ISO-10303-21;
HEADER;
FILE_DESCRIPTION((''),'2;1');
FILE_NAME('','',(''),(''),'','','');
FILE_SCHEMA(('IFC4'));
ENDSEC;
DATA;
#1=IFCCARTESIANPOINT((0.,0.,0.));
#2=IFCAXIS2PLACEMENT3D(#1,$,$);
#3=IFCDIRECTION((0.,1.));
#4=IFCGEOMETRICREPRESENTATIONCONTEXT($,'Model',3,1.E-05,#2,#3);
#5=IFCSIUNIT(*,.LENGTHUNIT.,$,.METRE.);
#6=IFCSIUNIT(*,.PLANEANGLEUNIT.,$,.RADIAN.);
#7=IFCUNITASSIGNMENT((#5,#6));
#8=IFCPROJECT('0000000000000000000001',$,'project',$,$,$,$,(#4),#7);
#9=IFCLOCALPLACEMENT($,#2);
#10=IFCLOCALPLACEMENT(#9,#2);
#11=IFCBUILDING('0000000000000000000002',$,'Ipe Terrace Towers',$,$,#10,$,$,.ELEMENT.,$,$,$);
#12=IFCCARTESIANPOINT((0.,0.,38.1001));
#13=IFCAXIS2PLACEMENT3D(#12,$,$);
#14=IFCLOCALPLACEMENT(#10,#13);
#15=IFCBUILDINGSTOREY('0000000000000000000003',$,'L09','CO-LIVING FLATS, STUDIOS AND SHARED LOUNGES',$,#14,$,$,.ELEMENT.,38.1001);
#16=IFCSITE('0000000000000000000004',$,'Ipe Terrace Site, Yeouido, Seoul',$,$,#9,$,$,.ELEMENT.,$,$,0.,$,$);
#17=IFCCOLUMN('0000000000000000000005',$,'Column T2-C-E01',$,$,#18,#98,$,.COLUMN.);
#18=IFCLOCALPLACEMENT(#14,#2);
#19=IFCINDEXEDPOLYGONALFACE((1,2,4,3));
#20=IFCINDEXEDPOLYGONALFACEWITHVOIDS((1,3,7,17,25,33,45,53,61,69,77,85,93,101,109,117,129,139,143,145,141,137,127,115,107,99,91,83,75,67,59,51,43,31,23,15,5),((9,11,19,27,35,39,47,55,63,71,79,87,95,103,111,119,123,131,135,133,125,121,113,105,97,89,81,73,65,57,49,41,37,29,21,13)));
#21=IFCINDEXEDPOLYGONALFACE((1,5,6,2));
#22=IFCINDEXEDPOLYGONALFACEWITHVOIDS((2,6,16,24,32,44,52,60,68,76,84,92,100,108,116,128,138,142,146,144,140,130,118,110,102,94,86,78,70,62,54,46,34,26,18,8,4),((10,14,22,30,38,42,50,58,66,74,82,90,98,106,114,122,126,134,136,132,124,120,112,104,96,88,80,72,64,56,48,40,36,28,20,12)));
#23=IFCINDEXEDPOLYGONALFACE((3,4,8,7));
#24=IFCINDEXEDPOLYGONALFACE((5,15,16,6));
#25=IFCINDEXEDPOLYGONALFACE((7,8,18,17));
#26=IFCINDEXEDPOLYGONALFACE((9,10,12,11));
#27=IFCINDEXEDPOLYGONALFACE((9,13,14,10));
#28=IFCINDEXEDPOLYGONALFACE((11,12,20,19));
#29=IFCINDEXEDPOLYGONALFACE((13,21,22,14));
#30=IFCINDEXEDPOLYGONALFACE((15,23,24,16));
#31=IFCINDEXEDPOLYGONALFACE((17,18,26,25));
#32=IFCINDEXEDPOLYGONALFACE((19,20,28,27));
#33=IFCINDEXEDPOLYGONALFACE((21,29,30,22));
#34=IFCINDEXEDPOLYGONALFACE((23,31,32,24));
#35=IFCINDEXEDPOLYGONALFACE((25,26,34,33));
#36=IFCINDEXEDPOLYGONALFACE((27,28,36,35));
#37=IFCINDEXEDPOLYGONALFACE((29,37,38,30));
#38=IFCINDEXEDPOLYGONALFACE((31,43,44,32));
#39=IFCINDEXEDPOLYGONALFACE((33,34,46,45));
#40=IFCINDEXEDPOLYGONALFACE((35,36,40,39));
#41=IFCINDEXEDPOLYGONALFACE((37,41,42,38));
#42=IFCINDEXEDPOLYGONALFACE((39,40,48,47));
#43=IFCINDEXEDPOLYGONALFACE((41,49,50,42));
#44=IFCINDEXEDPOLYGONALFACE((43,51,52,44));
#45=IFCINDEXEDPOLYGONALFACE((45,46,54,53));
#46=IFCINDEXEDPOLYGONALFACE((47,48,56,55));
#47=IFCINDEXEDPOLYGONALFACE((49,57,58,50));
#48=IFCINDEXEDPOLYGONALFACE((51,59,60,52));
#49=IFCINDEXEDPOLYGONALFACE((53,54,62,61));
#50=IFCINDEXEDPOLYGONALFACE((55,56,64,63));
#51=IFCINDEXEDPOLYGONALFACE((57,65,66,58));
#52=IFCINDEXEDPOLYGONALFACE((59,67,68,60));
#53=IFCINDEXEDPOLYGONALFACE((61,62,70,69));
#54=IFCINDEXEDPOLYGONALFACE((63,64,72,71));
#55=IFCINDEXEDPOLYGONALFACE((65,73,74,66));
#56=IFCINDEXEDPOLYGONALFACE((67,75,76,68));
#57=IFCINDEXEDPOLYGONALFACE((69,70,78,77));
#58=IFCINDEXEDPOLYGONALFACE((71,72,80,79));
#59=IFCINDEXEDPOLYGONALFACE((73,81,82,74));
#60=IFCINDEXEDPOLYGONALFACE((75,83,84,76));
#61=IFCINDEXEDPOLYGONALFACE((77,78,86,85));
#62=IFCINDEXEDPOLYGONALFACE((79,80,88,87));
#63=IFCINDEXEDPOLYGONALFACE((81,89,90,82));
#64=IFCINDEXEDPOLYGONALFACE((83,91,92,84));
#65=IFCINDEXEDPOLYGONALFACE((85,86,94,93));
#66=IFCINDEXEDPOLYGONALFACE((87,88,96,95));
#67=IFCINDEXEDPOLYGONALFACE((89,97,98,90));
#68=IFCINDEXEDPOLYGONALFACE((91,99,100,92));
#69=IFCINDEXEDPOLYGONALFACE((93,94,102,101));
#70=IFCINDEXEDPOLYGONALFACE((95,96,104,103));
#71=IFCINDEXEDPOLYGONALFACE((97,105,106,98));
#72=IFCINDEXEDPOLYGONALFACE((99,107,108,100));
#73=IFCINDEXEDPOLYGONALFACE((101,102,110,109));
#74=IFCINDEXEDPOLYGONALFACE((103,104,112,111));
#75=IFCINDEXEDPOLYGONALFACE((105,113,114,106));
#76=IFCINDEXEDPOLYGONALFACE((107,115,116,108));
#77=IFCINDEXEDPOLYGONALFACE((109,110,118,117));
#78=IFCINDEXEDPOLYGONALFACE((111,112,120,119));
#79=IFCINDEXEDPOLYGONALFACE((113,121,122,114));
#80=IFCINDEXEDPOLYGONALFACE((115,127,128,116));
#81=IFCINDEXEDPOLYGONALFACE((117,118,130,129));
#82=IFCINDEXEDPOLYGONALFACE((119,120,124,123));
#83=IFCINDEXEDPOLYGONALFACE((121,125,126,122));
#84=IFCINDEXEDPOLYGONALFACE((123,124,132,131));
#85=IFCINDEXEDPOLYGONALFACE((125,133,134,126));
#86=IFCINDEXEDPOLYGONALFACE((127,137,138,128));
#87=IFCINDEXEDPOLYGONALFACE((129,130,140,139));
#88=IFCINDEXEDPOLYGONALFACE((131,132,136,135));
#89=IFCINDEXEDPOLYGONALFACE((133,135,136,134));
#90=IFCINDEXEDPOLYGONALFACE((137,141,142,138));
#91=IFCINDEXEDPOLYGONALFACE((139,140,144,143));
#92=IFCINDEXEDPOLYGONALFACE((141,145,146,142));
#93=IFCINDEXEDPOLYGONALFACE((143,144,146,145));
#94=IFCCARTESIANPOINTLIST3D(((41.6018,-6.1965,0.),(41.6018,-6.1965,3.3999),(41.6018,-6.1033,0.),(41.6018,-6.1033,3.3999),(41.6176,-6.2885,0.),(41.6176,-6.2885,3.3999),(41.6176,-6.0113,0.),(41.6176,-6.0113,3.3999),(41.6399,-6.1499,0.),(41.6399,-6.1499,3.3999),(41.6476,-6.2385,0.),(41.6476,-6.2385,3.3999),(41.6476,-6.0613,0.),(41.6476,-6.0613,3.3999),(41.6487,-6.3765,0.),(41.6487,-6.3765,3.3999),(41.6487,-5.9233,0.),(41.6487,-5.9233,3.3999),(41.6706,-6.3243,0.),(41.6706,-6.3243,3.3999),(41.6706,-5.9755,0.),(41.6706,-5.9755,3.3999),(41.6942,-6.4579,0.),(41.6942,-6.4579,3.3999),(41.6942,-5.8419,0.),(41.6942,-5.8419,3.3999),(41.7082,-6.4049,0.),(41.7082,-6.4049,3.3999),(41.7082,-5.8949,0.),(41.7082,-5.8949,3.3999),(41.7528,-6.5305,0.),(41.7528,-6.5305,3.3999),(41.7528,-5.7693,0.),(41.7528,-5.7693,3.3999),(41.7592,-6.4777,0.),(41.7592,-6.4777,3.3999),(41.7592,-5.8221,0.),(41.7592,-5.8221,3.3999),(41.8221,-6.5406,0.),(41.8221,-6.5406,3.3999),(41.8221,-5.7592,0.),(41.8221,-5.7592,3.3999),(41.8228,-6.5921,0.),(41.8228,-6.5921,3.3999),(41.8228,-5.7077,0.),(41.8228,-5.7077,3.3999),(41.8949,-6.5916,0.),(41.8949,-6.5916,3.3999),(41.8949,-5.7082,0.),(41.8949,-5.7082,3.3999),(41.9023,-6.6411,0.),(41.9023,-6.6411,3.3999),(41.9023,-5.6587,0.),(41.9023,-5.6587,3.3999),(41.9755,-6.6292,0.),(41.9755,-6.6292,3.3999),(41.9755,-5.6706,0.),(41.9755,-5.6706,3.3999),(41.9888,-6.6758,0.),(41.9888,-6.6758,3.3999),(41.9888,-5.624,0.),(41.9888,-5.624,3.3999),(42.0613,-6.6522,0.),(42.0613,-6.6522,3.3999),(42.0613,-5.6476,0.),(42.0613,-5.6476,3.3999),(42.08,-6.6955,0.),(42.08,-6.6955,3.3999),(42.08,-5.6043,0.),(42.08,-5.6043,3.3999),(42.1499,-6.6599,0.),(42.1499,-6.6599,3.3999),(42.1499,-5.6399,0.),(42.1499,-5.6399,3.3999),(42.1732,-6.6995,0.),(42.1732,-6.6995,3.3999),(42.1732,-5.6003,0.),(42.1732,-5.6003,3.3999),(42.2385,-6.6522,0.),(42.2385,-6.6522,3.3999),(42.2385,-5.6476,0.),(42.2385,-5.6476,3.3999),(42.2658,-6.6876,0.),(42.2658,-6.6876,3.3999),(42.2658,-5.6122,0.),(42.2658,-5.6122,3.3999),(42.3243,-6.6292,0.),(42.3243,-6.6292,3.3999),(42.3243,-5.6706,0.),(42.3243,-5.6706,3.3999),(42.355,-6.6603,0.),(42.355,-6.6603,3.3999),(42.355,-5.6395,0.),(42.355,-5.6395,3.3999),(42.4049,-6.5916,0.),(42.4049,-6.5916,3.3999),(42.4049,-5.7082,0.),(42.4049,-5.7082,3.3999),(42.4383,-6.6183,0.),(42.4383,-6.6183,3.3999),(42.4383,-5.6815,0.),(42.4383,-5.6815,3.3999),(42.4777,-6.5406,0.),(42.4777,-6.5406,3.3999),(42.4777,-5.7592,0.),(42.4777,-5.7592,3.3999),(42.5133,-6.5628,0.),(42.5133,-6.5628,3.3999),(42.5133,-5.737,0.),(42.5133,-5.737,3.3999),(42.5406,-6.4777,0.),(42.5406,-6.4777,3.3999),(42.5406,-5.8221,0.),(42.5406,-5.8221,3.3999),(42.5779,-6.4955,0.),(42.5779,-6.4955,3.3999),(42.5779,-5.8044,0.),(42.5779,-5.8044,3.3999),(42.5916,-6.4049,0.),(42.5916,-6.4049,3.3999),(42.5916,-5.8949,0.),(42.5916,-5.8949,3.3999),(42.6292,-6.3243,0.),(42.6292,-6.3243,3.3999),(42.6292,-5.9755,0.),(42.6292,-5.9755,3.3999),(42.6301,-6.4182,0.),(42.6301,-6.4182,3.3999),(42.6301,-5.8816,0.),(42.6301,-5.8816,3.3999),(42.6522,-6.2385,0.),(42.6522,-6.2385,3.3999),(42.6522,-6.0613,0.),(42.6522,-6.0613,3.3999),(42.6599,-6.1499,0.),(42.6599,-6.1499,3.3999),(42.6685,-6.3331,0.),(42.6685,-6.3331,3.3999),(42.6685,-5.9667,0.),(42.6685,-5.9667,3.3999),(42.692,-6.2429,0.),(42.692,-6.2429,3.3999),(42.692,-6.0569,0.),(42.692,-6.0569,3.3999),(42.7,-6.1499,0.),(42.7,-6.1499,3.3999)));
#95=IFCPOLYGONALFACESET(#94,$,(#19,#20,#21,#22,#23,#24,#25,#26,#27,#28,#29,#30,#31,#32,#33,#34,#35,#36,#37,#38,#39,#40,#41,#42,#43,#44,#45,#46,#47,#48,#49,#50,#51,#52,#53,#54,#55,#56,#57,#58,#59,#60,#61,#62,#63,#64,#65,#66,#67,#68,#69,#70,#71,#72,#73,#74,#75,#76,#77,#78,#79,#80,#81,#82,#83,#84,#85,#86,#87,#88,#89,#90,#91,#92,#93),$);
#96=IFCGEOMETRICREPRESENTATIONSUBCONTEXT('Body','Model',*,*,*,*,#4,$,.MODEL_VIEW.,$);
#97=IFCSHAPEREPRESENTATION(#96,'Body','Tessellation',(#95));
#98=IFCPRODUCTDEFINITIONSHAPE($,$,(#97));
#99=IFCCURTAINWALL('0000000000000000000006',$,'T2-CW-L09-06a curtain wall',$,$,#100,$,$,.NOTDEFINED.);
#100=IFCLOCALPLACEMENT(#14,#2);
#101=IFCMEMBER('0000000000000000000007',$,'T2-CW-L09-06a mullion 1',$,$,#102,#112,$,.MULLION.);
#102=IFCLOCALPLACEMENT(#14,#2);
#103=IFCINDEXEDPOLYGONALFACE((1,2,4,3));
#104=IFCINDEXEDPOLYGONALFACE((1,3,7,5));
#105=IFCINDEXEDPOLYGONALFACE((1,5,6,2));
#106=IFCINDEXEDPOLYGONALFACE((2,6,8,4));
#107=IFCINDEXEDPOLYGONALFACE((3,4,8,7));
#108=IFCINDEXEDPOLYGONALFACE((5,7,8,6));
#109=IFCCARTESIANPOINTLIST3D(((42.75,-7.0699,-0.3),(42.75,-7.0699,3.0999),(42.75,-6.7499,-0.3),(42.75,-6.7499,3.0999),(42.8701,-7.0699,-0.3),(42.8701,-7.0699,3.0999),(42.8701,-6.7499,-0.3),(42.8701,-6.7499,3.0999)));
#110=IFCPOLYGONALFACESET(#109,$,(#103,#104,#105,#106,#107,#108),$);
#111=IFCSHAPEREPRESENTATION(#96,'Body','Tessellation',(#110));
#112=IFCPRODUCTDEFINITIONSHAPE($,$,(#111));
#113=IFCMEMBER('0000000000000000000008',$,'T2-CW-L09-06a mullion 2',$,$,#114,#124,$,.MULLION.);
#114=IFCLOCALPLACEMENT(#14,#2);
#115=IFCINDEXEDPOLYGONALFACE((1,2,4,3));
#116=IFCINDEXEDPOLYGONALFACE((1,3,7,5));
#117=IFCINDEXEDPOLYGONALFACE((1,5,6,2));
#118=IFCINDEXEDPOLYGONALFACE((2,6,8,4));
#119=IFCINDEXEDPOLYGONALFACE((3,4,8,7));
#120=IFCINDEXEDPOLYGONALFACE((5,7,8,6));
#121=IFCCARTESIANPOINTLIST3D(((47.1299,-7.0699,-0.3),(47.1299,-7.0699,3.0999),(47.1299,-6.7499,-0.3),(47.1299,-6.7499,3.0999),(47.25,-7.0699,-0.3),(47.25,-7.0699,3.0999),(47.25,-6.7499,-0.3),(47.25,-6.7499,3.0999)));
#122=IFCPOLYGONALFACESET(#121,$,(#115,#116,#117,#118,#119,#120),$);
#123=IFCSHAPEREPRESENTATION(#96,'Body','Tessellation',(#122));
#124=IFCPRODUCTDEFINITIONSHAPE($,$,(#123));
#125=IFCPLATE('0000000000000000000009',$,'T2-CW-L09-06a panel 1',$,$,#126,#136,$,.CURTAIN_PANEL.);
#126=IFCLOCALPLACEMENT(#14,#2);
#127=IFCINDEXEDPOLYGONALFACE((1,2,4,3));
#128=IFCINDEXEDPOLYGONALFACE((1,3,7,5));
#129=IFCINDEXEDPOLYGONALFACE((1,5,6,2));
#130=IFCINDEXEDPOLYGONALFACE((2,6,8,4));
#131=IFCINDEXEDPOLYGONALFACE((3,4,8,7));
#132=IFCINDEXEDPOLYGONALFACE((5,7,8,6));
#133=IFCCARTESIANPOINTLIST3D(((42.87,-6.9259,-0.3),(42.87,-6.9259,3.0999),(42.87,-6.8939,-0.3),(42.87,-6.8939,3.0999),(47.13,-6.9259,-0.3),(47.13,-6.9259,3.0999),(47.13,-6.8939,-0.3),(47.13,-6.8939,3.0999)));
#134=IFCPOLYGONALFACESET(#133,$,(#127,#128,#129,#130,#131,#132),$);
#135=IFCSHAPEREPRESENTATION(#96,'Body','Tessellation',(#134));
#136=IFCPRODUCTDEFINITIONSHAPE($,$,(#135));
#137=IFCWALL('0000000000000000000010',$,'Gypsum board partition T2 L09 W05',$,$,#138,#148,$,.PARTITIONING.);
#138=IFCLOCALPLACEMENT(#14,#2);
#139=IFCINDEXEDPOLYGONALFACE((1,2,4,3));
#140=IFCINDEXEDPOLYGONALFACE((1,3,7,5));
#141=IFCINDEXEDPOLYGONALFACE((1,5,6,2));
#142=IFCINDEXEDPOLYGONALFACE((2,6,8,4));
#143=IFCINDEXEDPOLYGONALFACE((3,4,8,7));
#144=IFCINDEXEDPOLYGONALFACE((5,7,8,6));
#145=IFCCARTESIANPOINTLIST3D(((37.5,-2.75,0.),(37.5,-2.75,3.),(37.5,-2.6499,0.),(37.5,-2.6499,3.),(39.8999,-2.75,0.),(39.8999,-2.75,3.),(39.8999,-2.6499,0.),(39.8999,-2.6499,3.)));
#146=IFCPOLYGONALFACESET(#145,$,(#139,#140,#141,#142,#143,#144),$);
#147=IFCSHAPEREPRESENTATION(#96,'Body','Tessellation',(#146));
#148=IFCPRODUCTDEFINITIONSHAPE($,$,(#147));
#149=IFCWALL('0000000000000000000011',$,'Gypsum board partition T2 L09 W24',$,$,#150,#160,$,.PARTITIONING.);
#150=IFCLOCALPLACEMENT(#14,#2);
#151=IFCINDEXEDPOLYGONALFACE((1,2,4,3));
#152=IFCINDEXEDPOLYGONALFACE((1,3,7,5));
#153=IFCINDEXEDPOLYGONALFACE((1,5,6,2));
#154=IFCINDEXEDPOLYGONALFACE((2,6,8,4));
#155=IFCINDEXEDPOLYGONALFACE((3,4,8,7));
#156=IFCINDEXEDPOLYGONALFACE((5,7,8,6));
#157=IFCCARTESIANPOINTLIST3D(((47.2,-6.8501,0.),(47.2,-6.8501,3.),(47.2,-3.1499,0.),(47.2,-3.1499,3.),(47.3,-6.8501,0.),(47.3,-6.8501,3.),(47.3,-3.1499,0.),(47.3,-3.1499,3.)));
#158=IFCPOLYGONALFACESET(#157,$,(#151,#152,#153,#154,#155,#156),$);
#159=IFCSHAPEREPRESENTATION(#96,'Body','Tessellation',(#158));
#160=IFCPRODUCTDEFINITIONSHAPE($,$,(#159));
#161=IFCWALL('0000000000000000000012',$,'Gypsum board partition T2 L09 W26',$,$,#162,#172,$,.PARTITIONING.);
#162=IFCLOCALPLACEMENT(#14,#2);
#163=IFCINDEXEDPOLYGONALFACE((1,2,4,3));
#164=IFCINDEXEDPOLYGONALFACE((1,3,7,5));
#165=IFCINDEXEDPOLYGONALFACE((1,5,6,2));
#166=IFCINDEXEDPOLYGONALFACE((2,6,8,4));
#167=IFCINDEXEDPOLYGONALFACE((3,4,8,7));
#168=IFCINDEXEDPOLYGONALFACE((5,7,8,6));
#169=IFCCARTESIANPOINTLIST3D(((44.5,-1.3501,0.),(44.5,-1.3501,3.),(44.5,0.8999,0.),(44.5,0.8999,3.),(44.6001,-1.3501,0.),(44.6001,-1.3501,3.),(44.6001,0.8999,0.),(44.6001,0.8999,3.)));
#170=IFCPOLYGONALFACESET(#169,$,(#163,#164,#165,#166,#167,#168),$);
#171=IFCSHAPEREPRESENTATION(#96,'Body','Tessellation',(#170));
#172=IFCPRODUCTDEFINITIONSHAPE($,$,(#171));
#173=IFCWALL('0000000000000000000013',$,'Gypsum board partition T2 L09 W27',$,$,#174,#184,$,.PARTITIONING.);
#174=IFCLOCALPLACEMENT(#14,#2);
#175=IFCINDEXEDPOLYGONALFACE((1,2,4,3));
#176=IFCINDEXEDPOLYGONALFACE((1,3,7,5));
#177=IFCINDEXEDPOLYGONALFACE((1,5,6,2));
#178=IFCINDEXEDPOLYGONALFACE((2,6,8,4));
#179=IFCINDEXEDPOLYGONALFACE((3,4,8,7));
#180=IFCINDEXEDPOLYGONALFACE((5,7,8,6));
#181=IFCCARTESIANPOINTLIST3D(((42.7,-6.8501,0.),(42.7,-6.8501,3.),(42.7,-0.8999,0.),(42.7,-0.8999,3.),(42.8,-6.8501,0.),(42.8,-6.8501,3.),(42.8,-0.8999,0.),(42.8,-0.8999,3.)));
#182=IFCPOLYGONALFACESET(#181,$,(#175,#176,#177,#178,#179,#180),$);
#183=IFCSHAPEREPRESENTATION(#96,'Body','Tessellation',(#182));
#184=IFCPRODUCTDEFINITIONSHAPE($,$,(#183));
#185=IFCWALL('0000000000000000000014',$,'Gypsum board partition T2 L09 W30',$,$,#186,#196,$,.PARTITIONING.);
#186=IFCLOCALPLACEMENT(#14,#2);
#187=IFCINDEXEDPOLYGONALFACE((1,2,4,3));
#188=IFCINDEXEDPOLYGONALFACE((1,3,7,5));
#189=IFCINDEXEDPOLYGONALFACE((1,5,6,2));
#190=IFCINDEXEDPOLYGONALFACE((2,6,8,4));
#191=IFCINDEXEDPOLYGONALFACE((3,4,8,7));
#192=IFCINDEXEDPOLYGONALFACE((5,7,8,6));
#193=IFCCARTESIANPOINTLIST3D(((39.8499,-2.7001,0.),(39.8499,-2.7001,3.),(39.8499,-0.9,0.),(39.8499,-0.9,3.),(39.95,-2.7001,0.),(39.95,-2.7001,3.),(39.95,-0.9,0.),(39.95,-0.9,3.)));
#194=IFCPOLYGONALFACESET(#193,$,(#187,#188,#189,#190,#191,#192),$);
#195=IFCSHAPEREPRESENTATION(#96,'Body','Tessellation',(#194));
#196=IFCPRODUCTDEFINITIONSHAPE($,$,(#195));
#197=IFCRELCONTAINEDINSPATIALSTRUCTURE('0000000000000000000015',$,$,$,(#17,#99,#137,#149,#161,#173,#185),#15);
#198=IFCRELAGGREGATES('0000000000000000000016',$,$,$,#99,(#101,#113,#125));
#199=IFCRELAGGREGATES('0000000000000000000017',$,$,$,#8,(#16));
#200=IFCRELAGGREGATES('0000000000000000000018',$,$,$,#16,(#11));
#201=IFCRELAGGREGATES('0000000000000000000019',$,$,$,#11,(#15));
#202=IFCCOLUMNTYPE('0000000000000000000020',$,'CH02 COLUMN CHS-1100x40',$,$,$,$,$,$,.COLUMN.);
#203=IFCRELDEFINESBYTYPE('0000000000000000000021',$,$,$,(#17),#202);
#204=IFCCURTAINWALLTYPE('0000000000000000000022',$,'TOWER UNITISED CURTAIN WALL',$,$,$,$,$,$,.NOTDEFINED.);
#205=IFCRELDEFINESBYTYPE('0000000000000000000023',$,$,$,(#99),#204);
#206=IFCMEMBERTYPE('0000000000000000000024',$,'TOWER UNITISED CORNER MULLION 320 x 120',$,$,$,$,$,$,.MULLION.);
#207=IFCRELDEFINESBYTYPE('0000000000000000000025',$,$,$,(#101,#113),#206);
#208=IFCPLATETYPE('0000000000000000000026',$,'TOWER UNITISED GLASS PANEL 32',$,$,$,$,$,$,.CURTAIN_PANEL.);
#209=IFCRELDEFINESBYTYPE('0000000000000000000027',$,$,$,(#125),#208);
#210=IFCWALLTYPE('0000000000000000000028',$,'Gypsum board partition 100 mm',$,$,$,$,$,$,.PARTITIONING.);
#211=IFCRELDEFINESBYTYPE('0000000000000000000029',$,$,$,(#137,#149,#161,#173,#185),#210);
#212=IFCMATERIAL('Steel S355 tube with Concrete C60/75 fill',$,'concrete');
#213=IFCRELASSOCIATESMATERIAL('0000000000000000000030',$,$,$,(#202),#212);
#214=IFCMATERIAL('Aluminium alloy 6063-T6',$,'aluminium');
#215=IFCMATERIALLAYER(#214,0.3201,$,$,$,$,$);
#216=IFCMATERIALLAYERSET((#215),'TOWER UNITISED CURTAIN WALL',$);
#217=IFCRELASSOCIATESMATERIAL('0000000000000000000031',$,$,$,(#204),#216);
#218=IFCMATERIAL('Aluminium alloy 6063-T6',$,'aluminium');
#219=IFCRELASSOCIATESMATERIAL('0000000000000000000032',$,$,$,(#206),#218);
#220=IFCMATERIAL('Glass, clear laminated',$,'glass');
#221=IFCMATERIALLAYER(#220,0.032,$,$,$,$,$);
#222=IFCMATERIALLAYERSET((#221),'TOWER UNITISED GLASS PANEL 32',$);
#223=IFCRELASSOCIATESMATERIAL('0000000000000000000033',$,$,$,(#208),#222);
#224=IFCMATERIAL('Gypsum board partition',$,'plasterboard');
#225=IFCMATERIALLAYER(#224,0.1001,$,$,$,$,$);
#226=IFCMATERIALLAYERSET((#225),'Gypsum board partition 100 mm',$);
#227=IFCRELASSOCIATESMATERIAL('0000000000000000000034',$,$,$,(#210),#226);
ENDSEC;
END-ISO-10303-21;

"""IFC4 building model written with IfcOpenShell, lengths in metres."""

from ifc_helpers import new_model, si_unit, direction, frame, frame_2d, origin, origin_2d, place, context, subcontext, project, spatial, rectangle, hollow_circle, extrude, material, layer, layer_set, material_profile, profile_set, type_object, element, aggregate, save


model = new_model("IFC4")

# Units and contexts
model_context = context("Model", 3, precision=1e-05, world=origin(), true_north=direction((0.0, 1.0)))
body_context = subcontext(model_context, "Body", "Model", "MODEL_VIEW")
ifc_project = project(units=[si_unit("LENGTHUNIT", "METRE"), si_unit("PLANEANGLEUNIT", "RADIAN")], contexts=[model_context])

# Site, building, storey
site_placement = place(None, origin())
site = spatial("IfcSite", under=ifc_project, at=site_placement, Name="Ipe Terrace Site, Yeouido, Seoul", CompositionType="ELEMENT", RefElevation=0.0)
building_placement = place(site_placement, origin())
building = spatial("IfcBuilding", under=site, at=building_placement, Name="Ipe Terrace Towers", CompositionType="ELEMENT")
storey_placement = place(building_placement, frame((0.0, 0.0, 38.1001)))
storey = spatial("IfcBuildingStorey", under=building, at=storey_placement, Name="L09", Description="CO-LIVING FLATS, STUDIOS AND SHARED LOUNGES", CompositionType="ELEMENT", Elevation=38.1001)

# Column
ifc_material_1 = material(Name="Steel S355 tube with Concrete C60/75 fill", Category="concrete")
ifc_material_profile_1 = material_profile(ifc_material_1, hollow_circle(Radius=0.55, WallThickness=0.04, at=origin_2d()), Name="CHS-1100x40")
ifc_profile_set_1 = profile_set([ifc_material_profile_1], Name="Steel S355 tube with Concrete C60/75 fill")
column_type = type_object("IfcColumnType", Name="CH02 COLUMN CHS-1100x40", PredefinedType="COLUMN", material=ifc_profile_set_1)
column_placement = place(storey_placement, frame((42.1499, -6.1499, 0.0), z_axis=(0.0, 0.0, 1.0), x_axis=(1.0, 0.0, 0.0)))
element("IfcColumn", 1, at=column_placement, inside=storey, type_object=column_type, Name="Column T2-C-E01", PredefinedType="COLUMN", context=body_context, shape_type="SweptSolid", body=[
    extrude(hollow_circle(Radius=0.55, WallThickness=0.04, at=origin_2d()), origin(), (0.0, 0.0, 1.0), 3.3999),
])

# Curtain wall, members, plate
ifc_material_2 = material(Name="Aluminium alloy 6063-T6", Category="aluminium")
ifc_layer_1 = layer(ifc_material_2, 0.3201)
ifc_layer_set_1 = layer_set([ifc_layer_1], Name="TOWER UNITISED CURTAIN WALL")
curtain_wall_type = type_object("IfcCurtainWallType", Name="TOWER UNITISED CURTAIN WALL", PredefinedType="NOTDEFINED", material=ifc_layer_set_1)
curtain_wall_placement = place(storey_placement, origin())
curtain_wall = element("IfcCurtainWall", 2, at=curtain_wall_placement, inside=storey, type_object=curtain_wall_type, Name="T2-CW-L09-06a curtain wall", PredefinedType="NOTDEFINED")
ifc_material_3 = material(Name="Aluminium alloy 6063-T6", Category="aluminium")
ifc_material_profile_2 = material_profile(ifc_material_3, rectangle(XDim=0.3201, YDim=0.1201, at=origin_2d()), Name="TOWER UNITISED CORNER MULLION 320 x 120")
ifc_profile_set_2 = profile_set([ifc_material_profile_2], Name="Aluminium alloy 6063-T6")
member_type = type_object("IfcMemberType", Name="TOWER UNITISED CORNER MULLION 320 x 120", PredefinedType="MULLION", material=ifc_profile_set_2)
member_1_placement = place(storey_placement, frame((42.8101, -6.9099, -0.3), z_axis=(0.0, 0.0, 1.0), x_axis=(0.0, -1.0, 0.0)))
member_1 = element("IfcMember", 3, at=member_1_placement, type_object=member_type, Name="T2-CW-L09-06a mullion 1", PredefinedType="MULLION", context=body_context, shape_type="SweptSolid", body=[
    extrude(rectangle(XDim=0.3201, YDim=0.1201, at=origin_2d()), origin(), (0.0, 0.0, 1.0), 3.3999),
])
member_2_placement = place(storey_placement, frame((47.1899, -6.9099, -0.3), z_axis=(0.0, 0.0, 1.0), x_axis=(0.0, -1.0, 0.0)))
member_2 = element("IfcMember", 4, at=member_2_placement, type_object=member_type, Name="T2-CW-L09-06a mullion 2", PredefinedType="MULLION", context=body_context, shape_type="SweptSolid", body=[
    extrude(rectangle(XDim=0.3201, YDim=0.1201, at=origin_2d()), origin(), (0.0, 0.0, 1.0), 3.3999),
])
ifc_material_4 = material(Name="Glass, clear laminated", Category="glass")
ifc_layer_2 = layer(ifc_material_4, 0.032)
ifc_layer_set_2 = layer_set([ifc_layer_2], Name="TOWER UNITISED GLASS PANEL 32")
plate_type = type_object("IfcPlateType", Name="TOWER UNITISED GLASS PANEL 32", PredefinedType="CURTAIN_PANEL", material=ifc_layer_set_2)
plate_placement = place(storey_placement, frame((45.0, -6.9099, -0.3), z_axis=(0.0, 0.0, 1.0), x_axis=(1.0, 0.0, 0.0)))
plate = element("IfcPlate", 5, at=plate_placement, type_object=plate_type, Name="T2-CW-L09-06a panel 1", PredefinedType="CURTAIN_PANEL", context=body_context, shape_type="SweptSolid", body=[
    extrude(rectangle(XDim=4.26, YDim=0.032, at=origin_2d()), origin(), (0.0, 0.0, 1.0), 3.3999),
])
aggregate(curtain_wall, [member_1, member_2, plate])

# Walls
ifc_material_5 = material(Name="Gypsum board partition", Category="plasterboard")
ifc_layer_3 = layer(ifc_material_5, 0.1001)
ifc_layer_set_3 = layer_set([ifc_layer_3], Name="Gypsum board partition 100 mm")
wall_type_1 = type_object("IfcWallType", Name="Gypsum board partition 100 mm", PredefinedType="PARTITIONING", material=ifc_layer_set_3)
wall_1_placement = place(storey_placement, frame((39.8999, -2.7, 0.0), z_axis=(0.0, 0.0, 1.0), x_axis=(-1.0, 0.0, 0.0)))
element("IfcWall", 6, at=wall_1_placement, inside=storey, type_object=wall_type_1, Name="Gypsum board partition T2 L09 W05", PredefinedType="PARTITIONING", context=body_context, shape_type="SweptSolid", body=[
    extrude(rectangle(XDim=2.3999, YDim=0.1001, at=frame_2d((1.2, 0.0))), origin(), (0.0, 0.0, 1.0), 3.0),
])
wall_2_placement = place(storey_placement, frame((47.25, -6.8501, 0.0), z_axis=(0.0, 0.0, 1.0), x_axis=(0.0, 1.0, 0.0)))
element("IfcWall", 7, at=wall_2_placement, inside=storey, type_object=wall_type_1, Name="Gypsum board partition T2 L09 W24", PredefinedType="PARTITIONING", context=body_context, shape_type="SweptSolid", body=[
    extrude(rectangle(XDim=3.7002, YDim=0.1001, at=frame_2d((1.8501, 0.0))), origin(), (0.0, 0.0, 1.0), 3.0),
])
wall_3_placement = place(storey_placement, frame((44.55, -1.3501, 0.0), z_axis=(0.0, 0.0, 1.0), x_axis=(0.0, 1.0, 0.0)))
element("IfcWall", 8, at=wall_3_placement, inside=storey, type_object=wall_type_1, Name="Gypsum board partition T2 L09 W26", PredefinedType="PARTITIONING", context=body_context, shape_type="SweptSolid", body=[
    extrude(rectangle(XDim=2.25, YDim=0.1001, at=frame_2d((1.125, 0.0))), origin(), (0.0, 0.0, 1.0), 3.0),
])
wall_4_placement = place(storey_placement, frame((42.75, -6.8501, 0.0), z_axis=(0.0, 0.0, 1.0), x_axis=(0.0, 1.0, 0.0)))
element("IfcWall", 9, at=wall_4_placement, inside=storey, type_object=wall_type_1, Name="Gypsum board partition T2 L09 W27", PredefinedType="PARTITIONING", context=body_context, shape_type="SweptSolid", body=[
    extrude(rectangle(XDim=5.9502, YDim=0.1001, at=frame_2d((2.9751, 0.0))), origin(), (0.0, 0.0, 1.0), 3.0),
])
wall_5_placement = place(storey_placement, frame((39.8999, -2.7, 0.0), z_axis=(0.0, 0.0, 1.0), x_axis=(0.0, 1.0, 0.0)))
element("IfcWall", 10, at=wall_5_placement, inside=storey, type_object=wall_type_1, Name="Gypsum board partition T2 L09 W30", PredefinedType="PARTITIONING", context=body_context, shape_type="SweptSolid", body=[
    extrude(rectangle(XDim=1.8, YDim=0.1001, at=frame_2d((0.8999, 0.0))), origin(), (0.0, 0.0, 1.0), 3.0),
])

save(model, "model.ifc")
